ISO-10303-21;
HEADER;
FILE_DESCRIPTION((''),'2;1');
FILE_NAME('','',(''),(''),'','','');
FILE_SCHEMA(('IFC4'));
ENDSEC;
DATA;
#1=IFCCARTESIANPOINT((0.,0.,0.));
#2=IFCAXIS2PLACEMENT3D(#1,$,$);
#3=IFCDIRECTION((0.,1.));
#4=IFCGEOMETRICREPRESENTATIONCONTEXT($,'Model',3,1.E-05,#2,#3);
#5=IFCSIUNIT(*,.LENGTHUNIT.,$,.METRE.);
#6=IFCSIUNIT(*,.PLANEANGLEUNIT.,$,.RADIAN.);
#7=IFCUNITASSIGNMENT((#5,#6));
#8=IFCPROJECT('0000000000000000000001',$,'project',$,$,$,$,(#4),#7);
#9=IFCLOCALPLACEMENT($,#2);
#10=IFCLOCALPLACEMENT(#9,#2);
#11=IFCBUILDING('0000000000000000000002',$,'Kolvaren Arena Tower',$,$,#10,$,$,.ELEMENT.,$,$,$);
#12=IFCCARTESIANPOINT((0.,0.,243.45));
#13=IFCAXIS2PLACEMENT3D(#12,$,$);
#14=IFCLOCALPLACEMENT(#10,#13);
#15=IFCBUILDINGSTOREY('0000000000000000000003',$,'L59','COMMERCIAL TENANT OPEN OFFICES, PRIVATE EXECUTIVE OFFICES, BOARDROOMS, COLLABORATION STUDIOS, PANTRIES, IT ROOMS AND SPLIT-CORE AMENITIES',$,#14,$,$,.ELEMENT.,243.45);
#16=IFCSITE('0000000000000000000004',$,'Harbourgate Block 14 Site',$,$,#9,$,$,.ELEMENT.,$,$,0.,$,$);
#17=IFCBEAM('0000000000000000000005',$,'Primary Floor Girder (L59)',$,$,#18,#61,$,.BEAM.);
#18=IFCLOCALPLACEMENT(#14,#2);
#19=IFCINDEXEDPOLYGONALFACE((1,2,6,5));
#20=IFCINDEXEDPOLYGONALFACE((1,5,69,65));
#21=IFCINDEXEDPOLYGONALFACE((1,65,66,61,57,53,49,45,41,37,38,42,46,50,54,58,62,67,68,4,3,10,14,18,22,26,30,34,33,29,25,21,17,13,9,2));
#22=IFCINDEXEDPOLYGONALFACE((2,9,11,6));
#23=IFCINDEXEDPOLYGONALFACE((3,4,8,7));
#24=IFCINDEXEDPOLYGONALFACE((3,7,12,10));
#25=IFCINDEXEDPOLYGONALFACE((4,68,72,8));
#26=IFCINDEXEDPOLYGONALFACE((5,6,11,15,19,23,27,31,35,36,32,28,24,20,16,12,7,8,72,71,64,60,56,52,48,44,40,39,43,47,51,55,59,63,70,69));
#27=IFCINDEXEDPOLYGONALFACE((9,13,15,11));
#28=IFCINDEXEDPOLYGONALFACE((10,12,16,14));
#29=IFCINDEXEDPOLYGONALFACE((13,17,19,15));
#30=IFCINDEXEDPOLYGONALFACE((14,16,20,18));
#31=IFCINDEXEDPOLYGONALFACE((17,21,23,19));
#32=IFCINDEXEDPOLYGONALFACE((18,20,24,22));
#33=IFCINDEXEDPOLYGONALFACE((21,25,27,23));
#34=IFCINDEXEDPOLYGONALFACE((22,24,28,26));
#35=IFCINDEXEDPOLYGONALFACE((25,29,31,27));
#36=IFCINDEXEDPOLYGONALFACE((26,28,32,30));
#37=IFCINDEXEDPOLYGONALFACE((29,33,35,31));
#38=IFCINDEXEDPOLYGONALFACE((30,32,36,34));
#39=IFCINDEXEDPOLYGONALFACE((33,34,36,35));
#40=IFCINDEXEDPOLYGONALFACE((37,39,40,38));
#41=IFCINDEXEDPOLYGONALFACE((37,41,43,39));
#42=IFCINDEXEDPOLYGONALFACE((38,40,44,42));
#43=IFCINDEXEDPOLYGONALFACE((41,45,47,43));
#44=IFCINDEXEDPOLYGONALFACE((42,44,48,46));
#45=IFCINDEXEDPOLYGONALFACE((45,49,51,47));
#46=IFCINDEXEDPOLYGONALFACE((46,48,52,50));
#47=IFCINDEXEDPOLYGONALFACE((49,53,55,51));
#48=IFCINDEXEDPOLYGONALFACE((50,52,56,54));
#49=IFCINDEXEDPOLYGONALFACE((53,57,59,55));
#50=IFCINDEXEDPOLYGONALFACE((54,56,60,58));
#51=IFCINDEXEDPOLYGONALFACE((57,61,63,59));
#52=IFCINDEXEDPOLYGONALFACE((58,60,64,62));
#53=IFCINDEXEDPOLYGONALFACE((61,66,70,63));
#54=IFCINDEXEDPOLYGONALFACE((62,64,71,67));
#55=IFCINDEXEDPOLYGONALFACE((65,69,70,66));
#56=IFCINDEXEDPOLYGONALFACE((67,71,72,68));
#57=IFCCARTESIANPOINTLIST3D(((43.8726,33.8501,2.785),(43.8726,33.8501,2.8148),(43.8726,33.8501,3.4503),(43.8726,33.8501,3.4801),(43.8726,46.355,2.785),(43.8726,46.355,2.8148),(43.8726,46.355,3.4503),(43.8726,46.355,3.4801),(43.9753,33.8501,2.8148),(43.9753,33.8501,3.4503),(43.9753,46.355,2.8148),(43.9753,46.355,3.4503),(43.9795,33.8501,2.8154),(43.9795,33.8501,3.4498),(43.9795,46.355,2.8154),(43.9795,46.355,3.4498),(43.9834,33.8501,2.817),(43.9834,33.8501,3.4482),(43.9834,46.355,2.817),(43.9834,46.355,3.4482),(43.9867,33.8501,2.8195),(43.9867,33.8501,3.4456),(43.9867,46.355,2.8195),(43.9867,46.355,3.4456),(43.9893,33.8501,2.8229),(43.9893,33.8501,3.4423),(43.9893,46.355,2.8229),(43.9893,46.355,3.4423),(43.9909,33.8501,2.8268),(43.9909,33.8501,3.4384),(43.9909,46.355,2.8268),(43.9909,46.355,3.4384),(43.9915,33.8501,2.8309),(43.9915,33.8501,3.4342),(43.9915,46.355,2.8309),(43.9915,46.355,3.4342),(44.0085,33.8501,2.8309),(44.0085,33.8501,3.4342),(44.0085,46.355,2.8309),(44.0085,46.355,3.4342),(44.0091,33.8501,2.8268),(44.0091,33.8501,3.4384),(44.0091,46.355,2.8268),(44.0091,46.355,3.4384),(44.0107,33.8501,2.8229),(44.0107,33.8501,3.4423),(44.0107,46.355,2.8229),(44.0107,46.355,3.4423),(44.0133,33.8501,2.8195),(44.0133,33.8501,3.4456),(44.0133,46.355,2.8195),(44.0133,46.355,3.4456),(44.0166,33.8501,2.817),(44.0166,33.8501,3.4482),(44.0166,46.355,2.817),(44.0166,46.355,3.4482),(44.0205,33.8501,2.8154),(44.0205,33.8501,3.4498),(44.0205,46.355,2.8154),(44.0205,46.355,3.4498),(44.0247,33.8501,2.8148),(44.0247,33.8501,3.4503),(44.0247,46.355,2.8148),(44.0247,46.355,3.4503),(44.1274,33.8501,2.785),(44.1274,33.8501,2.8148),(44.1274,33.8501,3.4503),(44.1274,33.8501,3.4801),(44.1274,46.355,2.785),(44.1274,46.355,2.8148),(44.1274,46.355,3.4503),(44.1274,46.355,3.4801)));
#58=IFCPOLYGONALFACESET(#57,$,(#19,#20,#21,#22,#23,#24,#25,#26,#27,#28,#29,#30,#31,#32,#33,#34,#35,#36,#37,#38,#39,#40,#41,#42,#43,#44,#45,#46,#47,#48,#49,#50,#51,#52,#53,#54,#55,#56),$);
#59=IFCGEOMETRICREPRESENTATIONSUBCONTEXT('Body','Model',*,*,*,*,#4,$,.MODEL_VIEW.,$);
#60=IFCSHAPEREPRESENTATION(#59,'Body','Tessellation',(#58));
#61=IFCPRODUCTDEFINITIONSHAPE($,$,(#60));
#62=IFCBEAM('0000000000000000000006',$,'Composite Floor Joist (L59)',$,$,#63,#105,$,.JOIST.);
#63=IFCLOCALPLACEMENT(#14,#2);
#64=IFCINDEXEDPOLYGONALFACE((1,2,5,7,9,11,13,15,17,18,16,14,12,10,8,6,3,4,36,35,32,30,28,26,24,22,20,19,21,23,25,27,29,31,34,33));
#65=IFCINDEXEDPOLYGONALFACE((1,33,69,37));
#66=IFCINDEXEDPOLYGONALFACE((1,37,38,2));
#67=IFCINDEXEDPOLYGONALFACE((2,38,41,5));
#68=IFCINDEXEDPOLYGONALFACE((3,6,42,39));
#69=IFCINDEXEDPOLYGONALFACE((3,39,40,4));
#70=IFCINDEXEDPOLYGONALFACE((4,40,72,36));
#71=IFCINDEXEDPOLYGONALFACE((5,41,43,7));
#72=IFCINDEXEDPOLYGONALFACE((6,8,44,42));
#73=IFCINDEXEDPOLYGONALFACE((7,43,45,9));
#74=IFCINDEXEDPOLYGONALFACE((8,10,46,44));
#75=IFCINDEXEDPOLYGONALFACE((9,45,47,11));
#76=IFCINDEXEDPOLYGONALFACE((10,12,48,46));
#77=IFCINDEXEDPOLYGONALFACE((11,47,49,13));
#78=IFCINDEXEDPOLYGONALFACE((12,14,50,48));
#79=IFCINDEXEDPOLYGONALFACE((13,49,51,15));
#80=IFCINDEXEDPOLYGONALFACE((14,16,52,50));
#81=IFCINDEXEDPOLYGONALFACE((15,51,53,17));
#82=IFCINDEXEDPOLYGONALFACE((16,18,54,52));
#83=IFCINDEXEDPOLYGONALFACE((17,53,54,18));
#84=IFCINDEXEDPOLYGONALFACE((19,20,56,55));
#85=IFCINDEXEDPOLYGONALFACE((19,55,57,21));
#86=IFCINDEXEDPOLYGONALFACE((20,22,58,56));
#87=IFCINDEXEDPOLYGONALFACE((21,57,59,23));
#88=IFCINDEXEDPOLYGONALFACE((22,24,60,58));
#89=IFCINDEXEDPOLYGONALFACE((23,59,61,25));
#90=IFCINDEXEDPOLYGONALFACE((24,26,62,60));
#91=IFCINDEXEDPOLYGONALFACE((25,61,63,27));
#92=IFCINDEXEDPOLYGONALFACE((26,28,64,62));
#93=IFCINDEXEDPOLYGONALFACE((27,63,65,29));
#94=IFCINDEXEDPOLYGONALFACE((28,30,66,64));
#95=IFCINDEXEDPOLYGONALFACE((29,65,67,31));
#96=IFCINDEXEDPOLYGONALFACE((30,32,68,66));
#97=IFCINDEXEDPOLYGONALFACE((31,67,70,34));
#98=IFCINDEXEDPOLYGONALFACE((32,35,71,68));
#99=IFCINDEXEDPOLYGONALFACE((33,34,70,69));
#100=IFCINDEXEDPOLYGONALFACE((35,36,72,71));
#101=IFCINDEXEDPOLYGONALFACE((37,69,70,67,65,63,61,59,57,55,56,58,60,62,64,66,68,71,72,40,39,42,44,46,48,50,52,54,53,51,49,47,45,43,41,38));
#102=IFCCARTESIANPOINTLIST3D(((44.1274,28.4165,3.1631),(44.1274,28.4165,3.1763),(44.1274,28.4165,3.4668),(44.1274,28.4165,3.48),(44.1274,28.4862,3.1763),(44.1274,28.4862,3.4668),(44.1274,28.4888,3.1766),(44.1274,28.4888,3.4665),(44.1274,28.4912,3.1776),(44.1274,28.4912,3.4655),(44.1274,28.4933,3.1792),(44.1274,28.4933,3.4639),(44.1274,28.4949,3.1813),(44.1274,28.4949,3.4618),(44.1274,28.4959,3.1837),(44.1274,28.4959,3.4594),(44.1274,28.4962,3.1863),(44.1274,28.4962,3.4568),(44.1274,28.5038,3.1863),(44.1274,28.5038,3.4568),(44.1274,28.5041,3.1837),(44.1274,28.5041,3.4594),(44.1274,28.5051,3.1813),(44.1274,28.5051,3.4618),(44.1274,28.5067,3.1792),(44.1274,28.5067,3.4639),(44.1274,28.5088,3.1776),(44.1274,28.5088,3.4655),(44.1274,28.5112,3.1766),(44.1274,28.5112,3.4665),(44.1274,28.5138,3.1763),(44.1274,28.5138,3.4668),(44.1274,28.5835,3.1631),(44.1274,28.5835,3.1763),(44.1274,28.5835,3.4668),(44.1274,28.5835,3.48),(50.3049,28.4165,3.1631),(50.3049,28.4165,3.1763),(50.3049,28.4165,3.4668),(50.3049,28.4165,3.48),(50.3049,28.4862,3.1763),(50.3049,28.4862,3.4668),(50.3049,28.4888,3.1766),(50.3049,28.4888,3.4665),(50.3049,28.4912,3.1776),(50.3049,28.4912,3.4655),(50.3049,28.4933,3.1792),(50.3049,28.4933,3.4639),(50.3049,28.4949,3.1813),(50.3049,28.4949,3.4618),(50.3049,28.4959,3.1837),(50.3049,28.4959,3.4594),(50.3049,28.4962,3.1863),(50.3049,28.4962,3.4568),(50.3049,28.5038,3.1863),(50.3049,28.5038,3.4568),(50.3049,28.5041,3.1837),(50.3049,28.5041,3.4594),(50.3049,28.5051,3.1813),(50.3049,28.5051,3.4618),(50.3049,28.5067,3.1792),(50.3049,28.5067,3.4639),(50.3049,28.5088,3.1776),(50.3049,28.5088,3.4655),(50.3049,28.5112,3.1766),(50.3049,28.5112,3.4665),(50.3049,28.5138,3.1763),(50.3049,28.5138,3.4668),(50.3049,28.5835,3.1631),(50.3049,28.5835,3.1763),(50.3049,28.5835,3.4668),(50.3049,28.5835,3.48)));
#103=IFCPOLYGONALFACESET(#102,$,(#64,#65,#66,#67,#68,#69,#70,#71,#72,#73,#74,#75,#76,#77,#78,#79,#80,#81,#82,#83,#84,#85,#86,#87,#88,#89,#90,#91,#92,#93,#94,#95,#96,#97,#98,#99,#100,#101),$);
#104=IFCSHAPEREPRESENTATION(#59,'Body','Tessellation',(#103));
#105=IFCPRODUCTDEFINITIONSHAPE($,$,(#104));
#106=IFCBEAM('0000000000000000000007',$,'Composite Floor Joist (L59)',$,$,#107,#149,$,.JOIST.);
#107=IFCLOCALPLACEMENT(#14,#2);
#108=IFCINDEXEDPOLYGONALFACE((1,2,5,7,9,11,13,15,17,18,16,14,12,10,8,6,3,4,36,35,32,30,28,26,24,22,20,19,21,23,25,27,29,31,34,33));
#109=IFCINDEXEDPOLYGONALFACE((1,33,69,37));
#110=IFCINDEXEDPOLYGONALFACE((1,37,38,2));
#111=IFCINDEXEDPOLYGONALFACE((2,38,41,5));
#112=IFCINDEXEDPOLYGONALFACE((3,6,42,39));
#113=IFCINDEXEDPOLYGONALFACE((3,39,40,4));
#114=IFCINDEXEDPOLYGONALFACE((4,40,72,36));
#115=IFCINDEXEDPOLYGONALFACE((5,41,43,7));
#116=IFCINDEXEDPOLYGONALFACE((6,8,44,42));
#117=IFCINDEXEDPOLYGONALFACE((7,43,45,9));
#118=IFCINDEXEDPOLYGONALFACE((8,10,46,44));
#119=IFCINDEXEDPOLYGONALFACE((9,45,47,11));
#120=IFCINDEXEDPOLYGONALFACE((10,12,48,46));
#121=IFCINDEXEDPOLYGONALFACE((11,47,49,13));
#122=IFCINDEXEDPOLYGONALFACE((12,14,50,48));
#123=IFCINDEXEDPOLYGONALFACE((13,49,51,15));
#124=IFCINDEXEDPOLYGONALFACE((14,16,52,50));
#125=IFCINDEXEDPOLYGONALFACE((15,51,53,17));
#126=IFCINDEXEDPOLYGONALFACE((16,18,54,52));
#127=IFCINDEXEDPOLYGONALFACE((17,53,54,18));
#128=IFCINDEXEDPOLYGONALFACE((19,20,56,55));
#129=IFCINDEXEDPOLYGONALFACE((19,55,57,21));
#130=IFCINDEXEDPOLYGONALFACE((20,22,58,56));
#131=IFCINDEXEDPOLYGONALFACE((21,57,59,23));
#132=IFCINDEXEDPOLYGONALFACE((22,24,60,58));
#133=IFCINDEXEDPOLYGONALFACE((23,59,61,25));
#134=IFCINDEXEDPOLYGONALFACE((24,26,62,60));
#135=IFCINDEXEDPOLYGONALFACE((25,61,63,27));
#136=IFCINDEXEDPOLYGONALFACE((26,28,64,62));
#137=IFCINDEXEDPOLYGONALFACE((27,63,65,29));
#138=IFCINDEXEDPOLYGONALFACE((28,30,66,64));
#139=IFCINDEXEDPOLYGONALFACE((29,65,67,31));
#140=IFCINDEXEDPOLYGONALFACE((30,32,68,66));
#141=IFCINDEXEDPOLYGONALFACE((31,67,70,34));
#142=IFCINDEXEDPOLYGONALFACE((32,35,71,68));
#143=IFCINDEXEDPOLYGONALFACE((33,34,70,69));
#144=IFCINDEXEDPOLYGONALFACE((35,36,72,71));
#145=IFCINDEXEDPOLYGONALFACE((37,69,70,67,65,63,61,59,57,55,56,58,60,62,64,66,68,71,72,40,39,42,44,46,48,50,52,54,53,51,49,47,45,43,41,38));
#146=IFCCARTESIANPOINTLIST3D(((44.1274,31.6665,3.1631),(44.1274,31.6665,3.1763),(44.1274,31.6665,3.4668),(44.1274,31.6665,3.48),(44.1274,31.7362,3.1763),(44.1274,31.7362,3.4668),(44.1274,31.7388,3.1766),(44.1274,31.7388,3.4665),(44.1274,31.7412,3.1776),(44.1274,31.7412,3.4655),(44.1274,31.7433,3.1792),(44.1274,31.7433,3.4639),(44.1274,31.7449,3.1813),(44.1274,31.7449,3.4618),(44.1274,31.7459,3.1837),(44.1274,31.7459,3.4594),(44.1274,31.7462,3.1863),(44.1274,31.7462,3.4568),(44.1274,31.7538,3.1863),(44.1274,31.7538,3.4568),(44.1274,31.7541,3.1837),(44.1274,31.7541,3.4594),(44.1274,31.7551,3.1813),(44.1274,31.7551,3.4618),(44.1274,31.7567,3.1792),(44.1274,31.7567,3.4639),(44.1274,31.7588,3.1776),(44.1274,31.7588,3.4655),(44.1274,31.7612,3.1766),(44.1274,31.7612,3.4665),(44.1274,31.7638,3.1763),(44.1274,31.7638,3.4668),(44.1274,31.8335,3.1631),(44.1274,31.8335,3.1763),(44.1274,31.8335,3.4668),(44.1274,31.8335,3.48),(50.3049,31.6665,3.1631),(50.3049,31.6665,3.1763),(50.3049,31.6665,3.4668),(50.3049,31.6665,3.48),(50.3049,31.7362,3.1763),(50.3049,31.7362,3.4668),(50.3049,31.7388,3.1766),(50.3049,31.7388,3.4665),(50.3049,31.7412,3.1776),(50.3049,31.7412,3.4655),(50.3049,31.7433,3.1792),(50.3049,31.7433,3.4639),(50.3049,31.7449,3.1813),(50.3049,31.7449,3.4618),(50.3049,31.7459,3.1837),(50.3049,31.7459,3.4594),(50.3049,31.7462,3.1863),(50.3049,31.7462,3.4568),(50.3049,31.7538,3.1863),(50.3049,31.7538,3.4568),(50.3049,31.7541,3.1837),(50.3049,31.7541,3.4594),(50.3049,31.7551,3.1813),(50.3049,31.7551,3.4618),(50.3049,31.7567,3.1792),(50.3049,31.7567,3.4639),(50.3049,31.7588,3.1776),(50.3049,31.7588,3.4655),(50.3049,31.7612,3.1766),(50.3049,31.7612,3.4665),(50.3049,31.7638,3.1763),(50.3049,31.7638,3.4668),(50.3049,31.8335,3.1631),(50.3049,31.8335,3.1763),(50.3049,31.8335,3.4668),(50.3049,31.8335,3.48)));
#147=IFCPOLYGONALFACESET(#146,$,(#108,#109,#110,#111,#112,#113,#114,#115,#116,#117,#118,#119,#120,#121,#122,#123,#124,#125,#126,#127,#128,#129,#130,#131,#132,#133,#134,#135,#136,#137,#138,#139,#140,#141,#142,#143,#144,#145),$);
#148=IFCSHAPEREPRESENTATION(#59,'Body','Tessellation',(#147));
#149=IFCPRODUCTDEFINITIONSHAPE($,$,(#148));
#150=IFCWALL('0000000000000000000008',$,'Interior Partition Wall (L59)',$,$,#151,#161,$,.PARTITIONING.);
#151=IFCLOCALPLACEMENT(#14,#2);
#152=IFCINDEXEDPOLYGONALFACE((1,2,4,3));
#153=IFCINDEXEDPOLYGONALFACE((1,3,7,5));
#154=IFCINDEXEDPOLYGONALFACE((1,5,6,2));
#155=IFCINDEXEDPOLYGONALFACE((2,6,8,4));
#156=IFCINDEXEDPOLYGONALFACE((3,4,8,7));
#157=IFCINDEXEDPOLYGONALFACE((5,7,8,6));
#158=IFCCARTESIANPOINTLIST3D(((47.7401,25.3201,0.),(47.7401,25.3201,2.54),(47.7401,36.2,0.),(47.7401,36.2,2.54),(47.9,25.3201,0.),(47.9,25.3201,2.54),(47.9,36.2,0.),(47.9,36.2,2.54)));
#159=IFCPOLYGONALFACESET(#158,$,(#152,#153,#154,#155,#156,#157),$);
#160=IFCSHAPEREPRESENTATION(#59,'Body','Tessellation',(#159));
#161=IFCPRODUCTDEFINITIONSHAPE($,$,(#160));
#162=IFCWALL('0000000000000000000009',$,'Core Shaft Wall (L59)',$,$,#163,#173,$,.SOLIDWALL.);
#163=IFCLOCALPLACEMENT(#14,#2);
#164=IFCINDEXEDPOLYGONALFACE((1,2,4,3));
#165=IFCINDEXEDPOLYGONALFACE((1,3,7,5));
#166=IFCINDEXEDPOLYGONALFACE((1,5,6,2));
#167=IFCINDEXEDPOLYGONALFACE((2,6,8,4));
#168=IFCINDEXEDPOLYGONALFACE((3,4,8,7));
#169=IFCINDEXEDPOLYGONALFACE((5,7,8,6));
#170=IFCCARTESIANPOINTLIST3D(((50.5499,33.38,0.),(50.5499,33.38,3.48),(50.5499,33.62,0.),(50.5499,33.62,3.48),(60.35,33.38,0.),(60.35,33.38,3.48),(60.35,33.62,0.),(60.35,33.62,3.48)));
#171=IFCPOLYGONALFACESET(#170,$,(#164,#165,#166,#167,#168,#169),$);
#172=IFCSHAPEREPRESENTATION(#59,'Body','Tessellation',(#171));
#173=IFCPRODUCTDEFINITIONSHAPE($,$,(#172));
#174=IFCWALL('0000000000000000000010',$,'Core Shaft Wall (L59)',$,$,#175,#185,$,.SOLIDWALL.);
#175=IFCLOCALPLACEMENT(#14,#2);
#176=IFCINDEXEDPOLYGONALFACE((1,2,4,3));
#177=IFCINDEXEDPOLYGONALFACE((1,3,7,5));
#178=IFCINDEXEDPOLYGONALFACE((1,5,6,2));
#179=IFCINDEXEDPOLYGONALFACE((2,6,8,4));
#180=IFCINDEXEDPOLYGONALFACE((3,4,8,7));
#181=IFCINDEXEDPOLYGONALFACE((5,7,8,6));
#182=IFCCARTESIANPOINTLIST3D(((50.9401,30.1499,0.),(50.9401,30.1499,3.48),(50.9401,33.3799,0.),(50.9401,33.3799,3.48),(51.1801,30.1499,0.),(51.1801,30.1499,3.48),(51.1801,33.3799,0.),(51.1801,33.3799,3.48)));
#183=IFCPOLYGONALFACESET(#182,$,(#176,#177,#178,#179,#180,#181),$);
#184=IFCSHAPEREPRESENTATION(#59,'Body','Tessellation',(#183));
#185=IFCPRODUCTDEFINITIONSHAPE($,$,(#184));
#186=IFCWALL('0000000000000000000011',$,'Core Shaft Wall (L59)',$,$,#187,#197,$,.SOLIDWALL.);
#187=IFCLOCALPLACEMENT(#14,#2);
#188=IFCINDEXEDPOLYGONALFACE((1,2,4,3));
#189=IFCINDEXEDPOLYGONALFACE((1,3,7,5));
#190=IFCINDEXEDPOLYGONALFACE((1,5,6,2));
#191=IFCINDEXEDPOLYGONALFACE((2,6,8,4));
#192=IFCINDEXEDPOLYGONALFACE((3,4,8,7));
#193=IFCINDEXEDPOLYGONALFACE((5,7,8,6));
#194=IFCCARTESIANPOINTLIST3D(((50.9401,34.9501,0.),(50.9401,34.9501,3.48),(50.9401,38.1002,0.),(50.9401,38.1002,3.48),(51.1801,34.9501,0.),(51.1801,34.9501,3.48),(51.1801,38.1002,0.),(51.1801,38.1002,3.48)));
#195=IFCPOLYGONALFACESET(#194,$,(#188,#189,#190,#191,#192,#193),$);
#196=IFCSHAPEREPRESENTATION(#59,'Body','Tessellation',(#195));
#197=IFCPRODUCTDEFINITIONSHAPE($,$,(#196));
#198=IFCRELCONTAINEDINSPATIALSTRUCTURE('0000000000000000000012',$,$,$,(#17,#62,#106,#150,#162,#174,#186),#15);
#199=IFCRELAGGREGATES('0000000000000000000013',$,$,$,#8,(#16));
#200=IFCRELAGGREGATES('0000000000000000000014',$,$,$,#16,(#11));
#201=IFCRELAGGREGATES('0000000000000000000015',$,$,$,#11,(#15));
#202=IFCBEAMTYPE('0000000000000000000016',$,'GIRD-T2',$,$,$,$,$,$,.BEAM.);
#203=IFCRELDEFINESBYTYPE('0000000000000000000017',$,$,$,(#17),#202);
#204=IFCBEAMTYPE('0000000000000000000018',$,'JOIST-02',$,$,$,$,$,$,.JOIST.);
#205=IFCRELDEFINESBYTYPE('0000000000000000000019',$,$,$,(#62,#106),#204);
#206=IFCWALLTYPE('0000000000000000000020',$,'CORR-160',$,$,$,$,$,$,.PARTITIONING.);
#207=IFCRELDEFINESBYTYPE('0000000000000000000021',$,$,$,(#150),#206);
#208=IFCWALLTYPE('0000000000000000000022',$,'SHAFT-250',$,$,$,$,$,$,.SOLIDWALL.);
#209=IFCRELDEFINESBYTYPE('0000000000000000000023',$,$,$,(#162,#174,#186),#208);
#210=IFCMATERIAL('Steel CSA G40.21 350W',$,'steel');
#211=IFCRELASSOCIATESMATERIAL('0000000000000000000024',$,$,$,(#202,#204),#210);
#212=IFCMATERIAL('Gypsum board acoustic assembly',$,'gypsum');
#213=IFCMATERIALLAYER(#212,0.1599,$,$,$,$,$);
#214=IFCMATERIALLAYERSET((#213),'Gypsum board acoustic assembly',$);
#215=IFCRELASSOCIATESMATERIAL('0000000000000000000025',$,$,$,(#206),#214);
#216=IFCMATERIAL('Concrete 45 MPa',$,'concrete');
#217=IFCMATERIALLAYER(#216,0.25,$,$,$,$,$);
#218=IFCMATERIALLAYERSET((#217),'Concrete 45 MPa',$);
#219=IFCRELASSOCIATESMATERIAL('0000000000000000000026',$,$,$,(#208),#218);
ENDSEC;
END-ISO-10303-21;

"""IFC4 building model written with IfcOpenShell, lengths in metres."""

from ifc_helpers import new_model, si_unit, direction, frame, frame_2d, origin, origin_2d, place, context, subcontext, project, spatial, rectangle, i_section, extrude, material, layer, layer_set, material_profile, profile_set, type_object, element, save


model = new_model("IFC4")

# Units and contexts
model_context = context("Model", 3, precision=1e-05, world=origin(), true_north=direction((0.0, 1.0)))
body_context = subcontext(model_context, "Body", "Model", "MODEL_VIEW")
ifc_project = project(units=[si_unit("LENGTHUNIT", "METRE"), si_unit("PLANEANGLEUNIT", "RADIAN")], contexts=[model_context])

# Site, building, storey
site_placement = place(None, origin())
site = spatial("IfcSite", under=ifc_project, at=site_placement, Name="Harbourgate Block 14 Site", CompositionType="ELEMENT", RefElevation=0.0)
building_placement = place(site_placement, origin())
building = spatial("IfcBuilding", under=site, at=building_placement, Name="Kolvaren Arena Tower", CompositionType="ELEMENT")
storey_placement = place(building_placement, frame((0.0, 0.0, 243.45)))
storey = spatial("IfcBuildingStorey", under=building, at=storey_placement, Name="L59", Description="COMMERCIAL TENANT OPEN OFFICES, PRIVATE EXECUTIVE OFFICES, BOARDROOMS, COLLABORATION STUDIOS, PANTRIES, IT ROOMS AND SPLIT-CORE AMENITIES", CompositionType="ELEMENT", Elevation=243.45)

# Beams
ifc_material_1 = material(Name="Steel CSA G40.21 350W", Category="steel")
ifc_material_profile_1 = material_profile(ifc_material_1, i_section(OverallWidth=0.2549, OverallDepth=0.6951, WebThickness=0.0171, FlangeThickness=0.0298, FilletRadius=0.0161, at=origin_2d()), Name="W690x217")
ifc_profile_set_1 = profile_set([ifc_material_profile_1], Name="Steel CSA G40.21 350W")
beam_type_1 = type_object("IfcBeamType", Name="GIRD-T2", PredefinedType="BEAM", material=ifc_profile_set_1)
beam_1_placement = place(storey_placement, frame((44.0, 33.8501, 3.1326), z_axis=(0.0, 1.0, 0.0), x_axis=(-1.0, 0.0, 0.0)))
element("IfcBeam", 1, at=beam_1_placement, inside=storey, type_object=beam_type_1, Name="Primary Floor Girder (L59)", PredefinedType="BEAM", context=body_context, shape_type="SweptSolid", body=[
    extrude(i_section(OverallWidth=0.2549, OverallDepth=0.6951, WebThickness=0.0171, FlangeThickness=0.0298, FilletRadius=0.0161, at=origin_2d()), origin(), (0.0, 0.0, 1.0), 12.5049),
])
ifc_material_profile_2 = material_profile(ifc_material_1, i_section(OverallWidth=0.167, OverallDepth=0.3169, WebThickness=0.0076, FlangeThickness=0.0132, FilletRadius=0.01, at=origin_2d()), Name="W310x52")
ifc_profile_set_2 = profile_set([ifc_material_profile_2], Name="Steel CSA G40.21 350W")
beam_type_2 = type_object("IfcBeamType", Name="JOIST-02", PredefinedType="JOIST", material=ifc_profile_set_2)
for number, where, z_axis, x_axis, name in (
    (2, (44.1274, 28.5, 3.3215), (1.0, 0.0, 0.0), (0.0, 1.0, 0.0), "Composite Floor Joist (L59)"),
    (3, (44.1274, 31.75, 3.3215), (1.0, 0.0, 0.0), (0.0, 1.0, 0.0), "Composite Floor Joist (L59)"),
):
    element("IfcBeam", number, at=place(storey_placement, frame(where, z_axis=z_axis, x_axis=x_axis)), inside=storey, type_object=beam_type_2, Name=name, PredefinedType="JOIST", context=body_context, shape_type="SweptSolid", body=[
        extrude(i_section(OverallWidth=0.167, OverallDepth=0.3169, WebThickness=0.0076, FlangeThickness=0.0132, FilletRadius=0.01, at=origin_2d()), origin(), (0.0, 0.0, 1.0), 6.1775),
    ])

# Walls
ifc_material_2 = material(Name="Gypsum board acoustic assembly", Category="gypsum")
ifc_layer_1 = layer(ifc_material_2, 0.1599)
ifc_layer_set_1 = layer_set([ifc_layer_1], Name="Gypsum board acoustic assembly")
wall_type_1 = type_object("IfcWallType", Name="CORR-160", PredefinedType="PARTITIONING", material=ifc_layer_set_1)
wall_1_placement = place(storey_placement, frame((47.8201, 25.3201, 0.0), z_axis=(0.0, 0.0, 1.0), x_axis=(0.0, 1.0, 0.0)))
element("IfcWall", 4, at=wall_1_placement, inside=storey, type_object=wall_type_1, Name="Interior Partition Wall (L59)", PredefinedType="PARTITIONING", context=body_context, shape_type="SweptSolid", body=[
    extrude(rectangle(XDim=10.8799, YDim=0.1599, at=frame_2d((5.4399, 0.0))), origin(), (0.0, 0.0, 1.0), 2.54),
])
ifc_material_3 = material(Name="Concrete 45 MPa", Category="concrete")
ifc_layer_2 = layer(ifc_material_3, 0.25)
ifc_layer_set_2 = layer_set([ifc_layer_2], Name="Concrete 45 MPa")
wall_type_2 = type_object("IfcWallType", Name="SHAFT-250", PredefinedType="SOLIDWALL", material=ifc_layer_set_2)
wall_2_placement = place(storey_placement, frame((50.55, 33.5, 0.0), z_axis=(0.0, 0.0, 1.0), x_axis=(1.0, 0.0, 0.0)))
element("IfcWall", 5, at=wall_2_placement, inside=storey, type_object=wall_type_2, Name="Core Shaft Wall (L59)", PredefinedType="SOLIDWALL", context=body_context, shape_type="SweptSolid", body=[
    extrude(rectangle(XDim=9.8, YDim=0.24, at=frame_2d((4.8999, 0.0))), origin(), (0.0, 0.0, 1.0), 3.48),
])
wall_3_placement = place(storey_placement, frame((51.0601, 30.1499, 0.0), z_axis=(0.0, 0.0, 1.0), x_axis=(0.0, 1.0, 0.0)))
element("IfcWall", 6, at=wall_3_placement, inside=storey, type_object=wall_type_2, Name="Core Shaft Wall (L59)", PredefinedType="SOLIDWALL", context=body_context, shape_type="SweptSolid", body=[
    extrude(rectangle(XDim=3.23, YDim=0.24, at=frame_2d((1.615, 0.0))), origin(), (0.0, 0.0, 1.0), 3.48),
])
wall_4_placement = place(storey_placement, frame((51.0601, 34.95, 0.0), z_axis=(0.0, 0.0, 1.0), x_axis=(0.0, 1.0, 0.0)))
element("IfcWall", 7, at=wall_4_placement, inside=storey, type_object=wall_type_2, Name="Core Shaft Wall (L59)", PredefinedType="SOLIDWALL", context=body_context, shape_type="SweptSolid", body=[
    extrude(rectangle(XDim=3.1501, YDim=0.24, at=frame_2d((1.5752, 0.0))), origin(), (0.0, 0.0, 1.0), 3.48),
])

save(model, "model.ifc")
